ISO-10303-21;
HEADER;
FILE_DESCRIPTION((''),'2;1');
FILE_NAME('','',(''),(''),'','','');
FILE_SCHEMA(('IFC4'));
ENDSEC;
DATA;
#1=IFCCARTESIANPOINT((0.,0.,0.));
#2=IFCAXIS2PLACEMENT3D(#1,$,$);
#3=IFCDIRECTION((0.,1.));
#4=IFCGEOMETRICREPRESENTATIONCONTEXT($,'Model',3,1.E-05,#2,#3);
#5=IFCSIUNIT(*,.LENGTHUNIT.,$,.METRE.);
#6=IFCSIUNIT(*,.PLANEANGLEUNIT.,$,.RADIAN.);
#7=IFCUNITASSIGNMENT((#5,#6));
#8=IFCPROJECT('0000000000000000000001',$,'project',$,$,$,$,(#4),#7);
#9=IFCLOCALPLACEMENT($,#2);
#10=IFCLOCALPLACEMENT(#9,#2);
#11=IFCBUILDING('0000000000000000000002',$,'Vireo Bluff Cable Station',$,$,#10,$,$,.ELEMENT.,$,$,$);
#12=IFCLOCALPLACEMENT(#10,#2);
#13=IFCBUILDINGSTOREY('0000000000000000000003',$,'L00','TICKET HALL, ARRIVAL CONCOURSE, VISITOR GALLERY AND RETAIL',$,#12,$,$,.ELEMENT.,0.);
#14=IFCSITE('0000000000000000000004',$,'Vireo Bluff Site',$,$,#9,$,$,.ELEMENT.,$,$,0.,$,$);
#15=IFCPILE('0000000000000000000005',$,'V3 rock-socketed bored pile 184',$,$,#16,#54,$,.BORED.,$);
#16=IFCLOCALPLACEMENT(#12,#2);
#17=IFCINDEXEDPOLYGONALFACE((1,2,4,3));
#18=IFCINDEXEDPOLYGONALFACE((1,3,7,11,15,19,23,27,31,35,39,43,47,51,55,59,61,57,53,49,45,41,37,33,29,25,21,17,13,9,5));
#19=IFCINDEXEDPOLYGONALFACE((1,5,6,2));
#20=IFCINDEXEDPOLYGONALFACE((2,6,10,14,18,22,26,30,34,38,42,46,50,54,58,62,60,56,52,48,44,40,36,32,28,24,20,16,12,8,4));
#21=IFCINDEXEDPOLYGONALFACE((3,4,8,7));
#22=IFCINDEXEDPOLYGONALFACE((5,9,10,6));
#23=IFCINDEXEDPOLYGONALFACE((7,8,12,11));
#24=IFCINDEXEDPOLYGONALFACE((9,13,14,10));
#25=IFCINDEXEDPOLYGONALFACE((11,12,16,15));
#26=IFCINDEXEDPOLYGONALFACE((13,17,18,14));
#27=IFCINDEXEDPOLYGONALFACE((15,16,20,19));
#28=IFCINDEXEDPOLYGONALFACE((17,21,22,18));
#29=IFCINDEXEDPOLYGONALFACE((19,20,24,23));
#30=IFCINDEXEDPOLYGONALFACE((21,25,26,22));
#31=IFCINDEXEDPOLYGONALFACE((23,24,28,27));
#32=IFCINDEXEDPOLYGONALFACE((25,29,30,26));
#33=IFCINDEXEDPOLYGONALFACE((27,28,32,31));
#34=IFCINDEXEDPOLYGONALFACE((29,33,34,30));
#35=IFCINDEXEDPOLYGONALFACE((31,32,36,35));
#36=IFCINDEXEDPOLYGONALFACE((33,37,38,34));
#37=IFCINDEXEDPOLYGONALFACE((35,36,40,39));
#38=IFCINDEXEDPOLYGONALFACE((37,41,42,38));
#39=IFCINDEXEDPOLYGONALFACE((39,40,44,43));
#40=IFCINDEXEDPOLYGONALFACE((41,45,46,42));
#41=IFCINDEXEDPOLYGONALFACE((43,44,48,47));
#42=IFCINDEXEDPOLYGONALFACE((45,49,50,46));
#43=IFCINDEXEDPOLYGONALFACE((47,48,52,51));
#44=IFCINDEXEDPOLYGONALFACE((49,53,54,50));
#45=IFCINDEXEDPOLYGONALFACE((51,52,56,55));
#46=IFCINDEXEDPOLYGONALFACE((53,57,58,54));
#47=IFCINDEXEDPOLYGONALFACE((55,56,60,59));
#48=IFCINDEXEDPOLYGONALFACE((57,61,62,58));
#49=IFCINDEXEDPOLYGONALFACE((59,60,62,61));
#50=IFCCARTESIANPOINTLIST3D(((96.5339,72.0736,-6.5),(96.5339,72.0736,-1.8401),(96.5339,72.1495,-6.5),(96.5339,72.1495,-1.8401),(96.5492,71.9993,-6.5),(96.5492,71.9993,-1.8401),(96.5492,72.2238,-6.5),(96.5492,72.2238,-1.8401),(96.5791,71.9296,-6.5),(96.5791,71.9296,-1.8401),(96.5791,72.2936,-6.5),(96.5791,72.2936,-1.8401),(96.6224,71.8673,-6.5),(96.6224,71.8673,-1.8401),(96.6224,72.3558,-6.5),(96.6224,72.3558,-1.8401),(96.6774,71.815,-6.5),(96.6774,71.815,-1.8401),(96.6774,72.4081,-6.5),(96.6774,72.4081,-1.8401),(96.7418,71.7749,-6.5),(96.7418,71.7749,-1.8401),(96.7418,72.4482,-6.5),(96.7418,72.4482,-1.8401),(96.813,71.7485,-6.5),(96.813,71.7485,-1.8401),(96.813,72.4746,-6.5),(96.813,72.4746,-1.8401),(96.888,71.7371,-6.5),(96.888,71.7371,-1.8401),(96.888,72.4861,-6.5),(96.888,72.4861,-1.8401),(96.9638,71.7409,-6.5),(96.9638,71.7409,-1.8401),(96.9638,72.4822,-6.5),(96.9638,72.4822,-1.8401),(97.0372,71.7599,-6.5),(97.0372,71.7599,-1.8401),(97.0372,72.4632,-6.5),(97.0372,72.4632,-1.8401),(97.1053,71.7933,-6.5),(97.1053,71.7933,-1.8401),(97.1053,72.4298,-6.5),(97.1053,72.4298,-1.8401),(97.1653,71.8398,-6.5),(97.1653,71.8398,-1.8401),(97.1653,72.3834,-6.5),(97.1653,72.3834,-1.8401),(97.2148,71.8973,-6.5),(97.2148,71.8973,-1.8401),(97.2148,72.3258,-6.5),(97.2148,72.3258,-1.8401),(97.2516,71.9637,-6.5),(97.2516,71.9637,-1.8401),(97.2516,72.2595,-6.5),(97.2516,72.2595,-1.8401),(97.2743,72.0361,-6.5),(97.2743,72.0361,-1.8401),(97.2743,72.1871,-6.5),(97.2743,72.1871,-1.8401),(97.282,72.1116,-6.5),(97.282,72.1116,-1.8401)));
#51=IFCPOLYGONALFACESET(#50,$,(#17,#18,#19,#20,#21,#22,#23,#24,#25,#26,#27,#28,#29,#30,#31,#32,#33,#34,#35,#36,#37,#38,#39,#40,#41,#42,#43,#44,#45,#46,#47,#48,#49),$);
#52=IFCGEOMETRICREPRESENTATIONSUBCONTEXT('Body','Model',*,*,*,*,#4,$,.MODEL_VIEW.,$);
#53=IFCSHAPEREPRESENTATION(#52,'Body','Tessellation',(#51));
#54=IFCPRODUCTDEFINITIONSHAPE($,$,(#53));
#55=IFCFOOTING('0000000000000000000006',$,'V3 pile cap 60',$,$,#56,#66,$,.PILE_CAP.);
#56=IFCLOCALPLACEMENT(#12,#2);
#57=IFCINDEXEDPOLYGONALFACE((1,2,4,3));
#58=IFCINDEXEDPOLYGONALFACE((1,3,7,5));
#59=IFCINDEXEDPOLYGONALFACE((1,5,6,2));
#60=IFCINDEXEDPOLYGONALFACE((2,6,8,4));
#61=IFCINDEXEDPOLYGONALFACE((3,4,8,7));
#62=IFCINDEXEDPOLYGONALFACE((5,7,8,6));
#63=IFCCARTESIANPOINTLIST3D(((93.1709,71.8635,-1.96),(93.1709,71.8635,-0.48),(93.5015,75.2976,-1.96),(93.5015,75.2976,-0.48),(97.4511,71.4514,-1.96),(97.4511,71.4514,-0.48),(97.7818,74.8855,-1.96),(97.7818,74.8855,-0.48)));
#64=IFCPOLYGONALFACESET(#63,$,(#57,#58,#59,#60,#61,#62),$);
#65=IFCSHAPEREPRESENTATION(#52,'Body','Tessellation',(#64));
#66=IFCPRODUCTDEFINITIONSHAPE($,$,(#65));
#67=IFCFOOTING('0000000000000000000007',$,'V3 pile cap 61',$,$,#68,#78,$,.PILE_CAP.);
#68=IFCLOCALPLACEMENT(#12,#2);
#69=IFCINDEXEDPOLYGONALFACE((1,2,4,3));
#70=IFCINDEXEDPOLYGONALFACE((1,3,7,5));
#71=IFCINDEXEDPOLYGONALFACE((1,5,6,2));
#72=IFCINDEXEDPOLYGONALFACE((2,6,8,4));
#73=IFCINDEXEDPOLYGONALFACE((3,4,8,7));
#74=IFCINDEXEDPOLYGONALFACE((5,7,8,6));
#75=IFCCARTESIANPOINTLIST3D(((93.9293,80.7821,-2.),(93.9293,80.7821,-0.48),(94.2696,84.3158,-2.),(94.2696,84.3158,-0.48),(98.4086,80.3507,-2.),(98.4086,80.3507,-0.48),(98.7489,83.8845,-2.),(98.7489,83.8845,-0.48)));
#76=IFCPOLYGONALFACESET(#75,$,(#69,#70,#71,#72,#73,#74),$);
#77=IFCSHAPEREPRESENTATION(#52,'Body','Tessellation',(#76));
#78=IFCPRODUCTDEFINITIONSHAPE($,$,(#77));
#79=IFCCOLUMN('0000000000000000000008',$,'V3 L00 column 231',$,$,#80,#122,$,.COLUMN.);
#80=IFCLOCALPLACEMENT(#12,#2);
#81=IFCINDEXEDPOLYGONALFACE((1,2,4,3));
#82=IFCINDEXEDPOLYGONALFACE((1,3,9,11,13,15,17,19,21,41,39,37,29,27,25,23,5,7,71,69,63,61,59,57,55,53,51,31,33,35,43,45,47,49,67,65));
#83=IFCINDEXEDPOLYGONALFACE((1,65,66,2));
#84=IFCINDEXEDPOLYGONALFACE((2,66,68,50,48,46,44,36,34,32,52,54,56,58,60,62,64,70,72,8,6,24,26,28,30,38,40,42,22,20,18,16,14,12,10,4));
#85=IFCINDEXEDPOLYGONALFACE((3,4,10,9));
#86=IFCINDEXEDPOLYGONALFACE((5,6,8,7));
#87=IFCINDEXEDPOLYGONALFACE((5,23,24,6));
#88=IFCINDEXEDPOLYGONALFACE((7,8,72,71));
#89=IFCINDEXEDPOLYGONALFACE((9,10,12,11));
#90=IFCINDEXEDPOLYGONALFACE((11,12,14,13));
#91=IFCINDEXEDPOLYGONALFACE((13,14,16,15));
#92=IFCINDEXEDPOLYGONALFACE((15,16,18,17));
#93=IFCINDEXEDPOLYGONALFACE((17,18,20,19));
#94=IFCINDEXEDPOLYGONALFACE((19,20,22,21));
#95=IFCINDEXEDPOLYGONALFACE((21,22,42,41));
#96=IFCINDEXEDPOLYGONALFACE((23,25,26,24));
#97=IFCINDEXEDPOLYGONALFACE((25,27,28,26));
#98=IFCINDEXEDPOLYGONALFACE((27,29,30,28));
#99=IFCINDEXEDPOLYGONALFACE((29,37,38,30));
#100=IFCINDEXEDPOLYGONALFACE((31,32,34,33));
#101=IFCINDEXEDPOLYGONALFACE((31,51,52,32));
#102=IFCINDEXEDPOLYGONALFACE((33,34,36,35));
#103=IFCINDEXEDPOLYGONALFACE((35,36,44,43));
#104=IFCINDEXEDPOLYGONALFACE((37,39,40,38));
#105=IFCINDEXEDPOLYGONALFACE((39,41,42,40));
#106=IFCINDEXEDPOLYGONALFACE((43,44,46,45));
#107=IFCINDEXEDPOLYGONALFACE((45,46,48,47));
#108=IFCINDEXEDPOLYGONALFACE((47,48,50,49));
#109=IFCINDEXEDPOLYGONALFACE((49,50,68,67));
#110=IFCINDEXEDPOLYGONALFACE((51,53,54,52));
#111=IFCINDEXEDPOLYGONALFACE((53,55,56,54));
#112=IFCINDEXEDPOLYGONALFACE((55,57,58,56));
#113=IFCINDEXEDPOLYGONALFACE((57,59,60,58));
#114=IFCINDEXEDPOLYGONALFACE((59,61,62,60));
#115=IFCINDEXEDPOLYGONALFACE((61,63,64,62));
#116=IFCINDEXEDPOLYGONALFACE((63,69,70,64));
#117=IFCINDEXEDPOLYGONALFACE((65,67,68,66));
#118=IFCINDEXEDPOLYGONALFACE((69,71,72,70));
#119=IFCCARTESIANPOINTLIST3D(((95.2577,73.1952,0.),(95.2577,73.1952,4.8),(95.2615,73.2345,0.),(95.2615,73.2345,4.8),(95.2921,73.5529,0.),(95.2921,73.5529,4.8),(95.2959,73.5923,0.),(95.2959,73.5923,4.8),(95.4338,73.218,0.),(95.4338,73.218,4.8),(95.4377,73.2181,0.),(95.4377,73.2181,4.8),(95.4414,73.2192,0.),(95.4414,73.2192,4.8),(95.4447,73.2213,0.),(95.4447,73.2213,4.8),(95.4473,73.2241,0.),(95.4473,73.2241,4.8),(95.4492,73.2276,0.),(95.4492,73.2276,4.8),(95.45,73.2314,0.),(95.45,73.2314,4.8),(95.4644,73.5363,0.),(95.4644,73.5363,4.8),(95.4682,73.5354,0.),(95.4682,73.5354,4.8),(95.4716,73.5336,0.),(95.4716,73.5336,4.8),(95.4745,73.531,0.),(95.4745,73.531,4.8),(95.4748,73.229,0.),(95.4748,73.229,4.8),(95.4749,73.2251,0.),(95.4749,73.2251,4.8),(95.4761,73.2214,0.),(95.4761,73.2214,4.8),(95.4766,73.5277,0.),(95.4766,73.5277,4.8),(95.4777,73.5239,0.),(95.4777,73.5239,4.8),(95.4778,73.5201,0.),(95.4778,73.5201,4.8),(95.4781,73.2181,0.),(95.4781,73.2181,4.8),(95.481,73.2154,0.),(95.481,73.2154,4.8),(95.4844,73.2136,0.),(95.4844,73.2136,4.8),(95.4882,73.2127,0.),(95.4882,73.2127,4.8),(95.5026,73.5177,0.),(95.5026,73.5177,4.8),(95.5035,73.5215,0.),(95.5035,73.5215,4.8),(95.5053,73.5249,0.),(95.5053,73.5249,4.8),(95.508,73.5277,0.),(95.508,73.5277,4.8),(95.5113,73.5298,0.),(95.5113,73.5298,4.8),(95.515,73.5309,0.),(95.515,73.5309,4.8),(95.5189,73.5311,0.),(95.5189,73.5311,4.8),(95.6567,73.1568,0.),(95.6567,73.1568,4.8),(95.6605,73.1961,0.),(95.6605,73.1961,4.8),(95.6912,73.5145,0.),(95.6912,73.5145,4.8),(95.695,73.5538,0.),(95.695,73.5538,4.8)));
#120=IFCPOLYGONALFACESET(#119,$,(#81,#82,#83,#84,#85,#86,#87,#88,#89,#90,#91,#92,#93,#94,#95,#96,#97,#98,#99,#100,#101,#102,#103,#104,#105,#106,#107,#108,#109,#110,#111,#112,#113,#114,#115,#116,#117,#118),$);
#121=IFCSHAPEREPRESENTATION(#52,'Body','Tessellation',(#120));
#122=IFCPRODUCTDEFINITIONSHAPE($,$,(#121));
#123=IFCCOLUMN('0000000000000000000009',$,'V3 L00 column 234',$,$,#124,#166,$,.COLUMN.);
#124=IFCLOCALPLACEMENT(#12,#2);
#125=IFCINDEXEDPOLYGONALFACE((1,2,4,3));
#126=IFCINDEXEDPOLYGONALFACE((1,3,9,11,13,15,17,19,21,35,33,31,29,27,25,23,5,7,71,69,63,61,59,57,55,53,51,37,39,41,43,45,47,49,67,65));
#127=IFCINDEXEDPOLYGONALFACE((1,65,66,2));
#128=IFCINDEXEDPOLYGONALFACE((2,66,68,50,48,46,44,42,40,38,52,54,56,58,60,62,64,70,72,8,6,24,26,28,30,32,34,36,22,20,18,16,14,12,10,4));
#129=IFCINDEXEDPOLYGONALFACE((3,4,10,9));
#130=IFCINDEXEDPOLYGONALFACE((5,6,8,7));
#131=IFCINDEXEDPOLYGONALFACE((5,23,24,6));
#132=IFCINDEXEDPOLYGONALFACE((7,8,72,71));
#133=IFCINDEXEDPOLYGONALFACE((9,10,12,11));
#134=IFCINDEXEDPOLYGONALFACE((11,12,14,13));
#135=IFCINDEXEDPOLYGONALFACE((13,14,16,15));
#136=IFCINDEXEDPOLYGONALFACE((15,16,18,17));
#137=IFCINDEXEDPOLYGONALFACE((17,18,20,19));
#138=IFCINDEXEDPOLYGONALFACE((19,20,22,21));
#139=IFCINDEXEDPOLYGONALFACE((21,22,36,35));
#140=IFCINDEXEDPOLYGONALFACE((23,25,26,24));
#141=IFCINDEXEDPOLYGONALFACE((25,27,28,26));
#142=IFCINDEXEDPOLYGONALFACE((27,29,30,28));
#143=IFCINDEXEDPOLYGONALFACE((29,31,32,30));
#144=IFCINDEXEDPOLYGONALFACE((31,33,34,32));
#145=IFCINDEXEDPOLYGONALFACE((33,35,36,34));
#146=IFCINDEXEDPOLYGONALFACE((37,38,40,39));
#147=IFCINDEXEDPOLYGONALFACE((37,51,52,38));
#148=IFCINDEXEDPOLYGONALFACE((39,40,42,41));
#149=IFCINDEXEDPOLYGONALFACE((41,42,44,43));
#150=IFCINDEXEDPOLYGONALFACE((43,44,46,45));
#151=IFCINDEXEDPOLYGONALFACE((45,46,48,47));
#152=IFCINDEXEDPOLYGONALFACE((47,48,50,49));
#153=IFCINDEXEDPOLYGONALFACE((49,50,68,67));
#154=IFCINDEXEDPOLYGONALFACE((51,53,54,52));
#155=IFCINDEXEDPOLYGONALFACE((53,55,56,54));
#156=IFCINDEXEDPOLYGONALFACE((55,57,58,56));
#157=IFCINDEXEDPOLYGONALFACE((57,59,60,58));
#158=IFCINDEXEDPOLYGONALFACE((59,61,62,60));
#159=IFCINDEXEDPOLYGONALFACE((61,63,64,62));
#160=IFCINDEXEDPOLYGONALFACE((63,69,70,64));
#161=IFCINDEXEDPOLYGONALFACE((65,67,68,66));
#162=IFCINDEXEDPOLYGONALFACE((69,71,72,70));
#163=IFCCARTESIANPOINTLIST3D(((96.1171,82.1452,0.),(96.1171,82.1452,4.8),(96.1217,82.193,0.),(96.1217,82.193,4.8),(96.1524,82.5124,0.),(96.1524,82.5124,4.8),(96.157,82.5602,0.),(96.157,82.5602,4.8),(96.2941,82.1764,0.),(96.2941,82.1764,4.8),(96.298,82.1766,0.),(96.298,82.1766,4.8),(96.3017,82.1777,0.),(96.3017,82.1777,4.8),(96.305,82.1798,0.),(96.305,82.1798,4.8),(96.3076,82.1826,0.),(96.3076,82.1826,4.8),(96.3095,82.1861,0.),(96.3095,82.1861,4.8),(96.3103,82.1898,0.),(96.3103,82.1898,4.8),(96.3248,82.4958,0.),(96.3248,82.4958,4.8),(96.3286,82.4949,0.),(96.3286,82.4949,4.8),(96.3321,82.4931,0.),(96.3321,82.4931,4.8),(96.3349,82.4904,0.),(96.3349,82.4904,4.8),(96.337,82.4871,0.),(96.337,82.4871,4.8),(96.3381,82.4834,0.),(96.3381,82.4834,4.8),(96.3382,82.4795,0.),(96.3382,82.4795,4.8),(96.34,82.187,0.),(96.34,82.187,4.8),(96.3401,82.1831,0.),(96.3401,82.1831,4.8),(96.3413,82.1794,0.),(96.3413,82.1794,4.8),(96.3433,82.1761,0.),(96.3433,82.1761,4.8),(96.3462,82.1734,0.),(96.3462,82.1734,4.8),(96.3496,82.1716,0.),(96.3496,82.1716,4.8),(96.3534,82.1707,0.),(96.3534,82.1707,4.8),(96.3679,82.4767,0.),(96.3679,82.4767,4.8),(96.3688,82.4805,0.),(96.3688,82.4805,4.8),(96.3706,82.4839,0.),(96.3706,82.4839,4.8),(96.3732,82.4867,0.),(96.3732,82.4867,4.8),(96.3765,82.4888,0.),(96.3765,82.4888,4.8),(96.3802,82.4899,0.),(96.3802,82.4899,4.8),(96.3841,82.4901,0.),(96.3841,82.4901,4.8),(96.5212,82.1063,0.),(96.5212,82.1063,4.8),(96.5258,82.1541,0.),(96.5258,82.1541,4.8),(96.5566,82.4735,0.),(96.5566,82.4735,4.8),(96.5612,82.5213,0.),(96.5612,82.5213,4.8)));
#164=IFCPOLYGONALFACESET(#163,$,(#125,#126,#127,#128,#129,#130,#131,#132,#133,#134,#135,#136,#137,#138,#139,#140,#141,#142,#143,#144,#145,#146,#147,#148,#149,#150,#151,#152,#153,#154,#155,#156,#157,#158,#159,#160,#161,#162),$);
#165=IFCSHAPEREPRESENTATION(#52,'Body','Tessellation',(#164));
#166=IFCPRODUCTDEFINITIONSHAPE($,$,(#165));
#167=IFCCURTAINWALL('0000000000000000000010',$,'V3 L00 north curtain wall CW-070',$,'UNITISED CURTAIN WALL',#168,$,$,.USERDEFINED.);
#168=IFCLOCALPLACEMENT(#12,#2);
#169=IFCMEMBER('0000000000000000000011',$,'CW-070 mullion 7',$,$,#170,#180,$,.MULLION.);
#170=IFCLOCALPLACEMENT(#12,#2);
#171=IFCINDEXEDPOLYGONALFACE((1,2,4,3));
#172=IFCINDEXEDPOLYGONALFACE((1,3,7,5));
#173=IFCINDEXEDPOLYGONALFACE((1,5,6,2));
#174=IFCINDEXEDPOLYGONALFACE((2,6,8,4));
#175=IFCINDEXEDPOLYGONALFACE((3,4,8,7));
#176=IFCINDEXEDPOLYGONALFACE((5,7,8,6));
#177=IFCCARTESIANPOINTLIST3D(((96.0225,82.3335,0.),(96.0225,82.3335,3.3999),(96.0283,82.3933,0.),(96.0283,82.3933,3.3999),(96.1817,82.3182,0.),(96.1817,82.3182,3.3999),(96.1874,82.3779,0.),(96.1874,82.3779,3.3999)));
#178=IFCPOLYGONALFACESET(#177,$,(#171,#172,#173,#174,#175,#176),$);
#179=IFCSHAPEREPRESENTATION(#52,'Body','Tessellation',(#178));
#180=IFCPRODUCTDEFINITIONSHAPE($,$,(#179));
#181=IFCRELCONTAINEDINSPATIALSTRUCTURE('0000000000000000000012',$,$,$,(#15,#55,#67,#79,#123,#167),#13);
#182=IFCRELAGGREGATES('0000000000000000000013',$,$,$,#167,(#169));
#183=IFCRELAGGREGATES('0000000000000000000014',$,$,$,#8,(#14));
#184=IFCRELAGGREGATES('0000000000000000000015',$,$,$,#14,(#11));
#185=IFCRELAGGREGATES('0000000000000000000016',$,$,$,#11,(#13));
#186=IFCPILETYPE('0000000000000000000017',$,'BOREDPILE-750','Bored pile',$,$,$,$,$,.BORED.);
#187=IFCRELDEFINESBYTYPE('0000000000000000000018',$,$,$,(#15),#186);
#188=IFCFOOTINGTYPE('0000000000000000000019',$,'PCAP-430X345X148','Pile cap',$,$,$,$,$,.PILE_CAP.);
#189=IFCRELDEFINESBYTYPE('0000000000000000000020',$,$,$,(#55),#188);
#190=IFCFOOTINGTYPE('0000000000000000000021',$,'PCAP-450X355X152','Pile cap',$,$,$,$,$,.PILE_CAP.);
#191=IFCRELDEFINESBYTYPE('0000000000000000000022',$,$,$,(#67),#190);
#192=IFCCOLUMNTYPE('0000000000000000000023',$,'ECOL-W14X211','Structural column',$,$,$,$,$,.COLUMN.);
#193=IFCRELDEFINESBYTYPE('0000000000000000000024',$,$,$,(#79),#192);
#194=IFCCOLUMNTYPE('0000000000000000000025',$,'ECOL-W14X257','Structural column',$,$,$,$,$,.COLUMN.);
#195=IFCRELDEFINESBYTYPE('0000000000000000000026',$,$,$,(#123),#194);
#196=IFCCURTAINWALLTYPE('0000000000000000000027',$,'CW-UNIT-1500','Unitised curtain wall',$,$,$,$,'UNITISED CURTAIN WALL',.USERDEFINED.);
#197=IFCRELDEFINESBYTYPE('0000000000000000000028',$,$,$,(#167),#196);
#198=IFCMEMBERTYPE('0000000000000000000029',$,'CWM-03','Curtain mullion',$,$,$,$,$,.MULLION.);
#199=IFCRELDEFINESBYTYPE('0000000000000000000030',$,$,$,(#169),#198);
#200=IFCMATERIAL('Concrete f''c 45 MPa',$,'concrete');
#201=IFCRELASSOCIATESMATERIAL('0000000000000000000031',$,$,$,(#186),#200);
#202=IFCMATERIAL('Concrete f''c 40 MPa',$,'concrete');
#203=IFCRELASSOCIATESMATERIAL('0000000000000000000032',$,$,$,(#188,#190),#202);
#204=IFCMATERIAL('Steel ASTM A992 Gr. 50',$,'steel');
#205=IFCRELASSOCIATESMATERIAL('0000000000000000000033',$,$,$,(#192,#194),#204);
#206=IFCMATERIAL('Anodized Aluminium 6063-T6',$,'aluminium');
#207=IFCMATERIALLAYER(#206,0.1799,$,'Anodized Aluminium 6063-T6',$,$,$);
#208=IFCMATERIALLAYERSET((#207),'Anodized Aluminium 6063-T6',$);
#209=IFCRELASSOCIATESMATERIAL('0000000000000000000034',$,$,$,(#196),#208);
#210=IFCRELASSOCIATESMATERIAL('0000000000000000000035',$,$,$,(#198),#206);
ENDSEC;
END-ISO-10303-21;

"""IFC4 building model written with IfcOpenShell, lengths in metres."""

from ifc_helpers import new_model, si_unit, direction, frame, origin, origin_2d, place, context, subcontext, project, spatial, rectangle, circle, i_section, extrude, material, layer, layer_set, material_profile, profile_set, type_object, element, aggregate, save


model = new_model("IFC4")

# Units and contexts
model_context = context("Model", 3, precision=1e-05, world=origin(), true_north=direction((0.0, 1.0)))
body_context = subcontext(model_context, "Body", "Model", "MODEL_VIEW")
ifc_project = project(units=[si_unit("LENGTHUNIT", "METRE"), si_unit("PLANEANGLEUNIT", "RADIAN")], contexts=[model_context])

# Site, building, storey
site_placement = place(None, origin())
site = spatial("IfcSite", under=ifc_project, at=site_placement, Name="Vireo Bluff Site", CompositionType="ELEMENT", RefElevation=0.0)
building_placement = place(site_placement, origin())
building = spatial("IfcBuilding", under=site, at=building_placement, Name="Vireo Bluff Cable Station", CompositionType="ELEMENT")
storey_placement = place(building_placement, origin())
storey = spatial("IfcBuildingStorey", under=building, at=storey_placement, Name="L00", Description="TICKET HALL, ARRIVAL CONCOURSE, VISITOR GALLERY AND RETAIL", CompositionType="ELEMENT", Elevation=0.0)

# Pile
ifc_material_1 = material(Name="Concrete f'c 45 MPa", Category="concrete")
ifc_material_profile_1 = material_profile(ifc_material_1, circle(Radius=0.375, at=origin_2d()), Name="BOREDPILE-750")
ifc_profile_set_1 = profile_set([ifc_material_profile_1], Name="Concrete f'c 45 MPa")
pile_type = type_object("IfcPileType", Name="BOREDPILE-750", Description="Bored pile", PredefinedType="BORED", material=ifc_profile_set_1)
pile_placement = place(storey_placement, frame((96.907, 72.1116, -1.8401), z_axis=(0.0, 0.0, -1.0), x_axis=(1.0, 0.0, 0.0)))
element("IfcPile", 1, at=pile_placement, inside=storey, type_object=pile_type, Name="V3 rock-socketed bored pile 184", PredefinedType="BORED", context=body_context, shape_type="SweptSolid", body=[
    extrude(circle(Radius=0.375, at=origin_2d()), origin(), (0.0, 0.0, 1.0), 4.6599),
])

# Footings
ifc_material_2 = material(Name="Concrete f'c 40 MPa", Category="concrete")
footing_type_1 = type_object("IfcFootingType", Name="PCAP-430X345X148", Description="Pile cap", PredefinedType="PILE_CAP", material=ifc_material_2)
footing_1_placement = place(storey_placement, frame((95.4763, 73.3745, -1.96), z_axis=(0.0, 0.0, 1.0), x_axis=(0.995396, -0.095846, 0.0)))
element("IfcFooting", 2, at=footing_1_placement, inside=storey, type_object=footing_type_1, Name="V3 pile cap 60", PredefinedType="PILE_CAP", context=body_context, shape_type="SweptSolid", body=[
    extrude(rectangle(XDim=4.3, YDim=3.45, at=origin_2d()), origin(), (0.0, 0.0, 1.0), 1.48),
])
footing_type_2 = type_object("IfcFootingType", Name="PCAP-450X355X152", Description="Pile cap", PredefinedType="PILE_CAP", material=ifc_material_2)
footing_2_placement = place(storey_placement, frame((96.3391, 82.3333, -2.0), z_axis=(0.0, 0.0, 1.0), x_axis=(0.995396, -0.095846, 0.0)))
element("IfcFooting", 3, at=footing_2_placement, inside=storey, type_object=footing_type_2, Name="V3 pile cap 61", PredefinedType="PILE_CAP", context=body_context, shape_type="SweptSolid", body=[
    extrude(rectangle(XDim=4.5, YDim=3.55, at=origin_2d()), origin(), (0.0, 0.0, 1.0), 1.52),
])

# Columns
ifc_material_3 = material(Name="Steel ASTM A992 Gr. 50", Category="steel")
ifc_material_profile_2 = material_profile(ifc_material_3, i_section(OverallWidth=0.4009, OverallDepth=0.3989, WebThickness=0.0249, FlangeThickness=0.0396, FilletRadius=0.0149, at=origin_2d()), Name="W14X211")
ifc_profile_set_2 = profile_set([ifc_material_profile_2], Name="Steel ASTM A992 Gr. 50")
column_type_1 = type_object("IfcColumnType", Name="ECOL-W14X211", Description="Structural column", PredefinedType="COLUMN", material=ifc_profile_set_2)
column_1_placement = place(storey_placement, frame((95.4763, 73.3745, 0.0), z_axis=(0.0, 0.0, 1.0), x_axis=(0.995396, -0.095846, 0.0)))
element("IfcColumn", 4, at=column_1_placement, inside=storey, type_object=column_type_1, Name="V3 L00 column 231", PredefinedType="COLUMN", context=body_context, shape_type="SweptSolid", body=[
    extrude(i_section(OverallWidth=0.4009, OverallDepth=0.3989, WebThickness=0.0249, FlangeThickness=0.0396, FilletRadius=0.0149, at=origin_2d()), origin(), (0.0, 0.0, 1.0), 4.8),
])
ifc_material_profile_3 = material_profile(ifc_material_3, i_section(OverallWidth=0.406, OverallDepth=0.417, WebThickness=0.0298, FlangeThickness=0.0481, FilletRadius=0.0149, at=origin_2d()), Name="W14X257")
ifc_profile_set_3 = profile_set([ifc_material_profile_3], Name="Steel ASTM A992 Gr. 50")
column_type_2 = type_object("IfcColumnType", Name="ECOL-W14X257", Description="Structural column", PredefinedType="COLUMN", material=ifc_profile_set_3)
column_2_placement = place(storey_placement, frame((96.3391, 82.3333, 0.0), z_axis=(0.0, 0.0, 1.0), x_axis=(0.995396, -0.095846, 0.0)))
element("IfcColumn", 5, at=column_2_placement, inside=storey, type_object=column_type_2, Name="V3 L00 column 234", PredefinedType="COLUMN", context=body_context, shape_type="SweptSolid", body=[
    extrude(i_section(OverallWidth=0.406, OverallDepth=0.417, WebThickness=0.0298, FlangeThickness=0.0481, FilletRadius=0.0149, at=origin_2d()), origin(), (0.0, 0.0, 1.0), 4.8),
])

# Curtain wall, member
ifc_material_4 = material(Name="Anodized Aluminium 6063-T6", Category="aluminium")
ifc_layer_1 = layer(ifc_material_4, 0.1799, Name="Anodized Aluminium 6063-T6")
ifc_layer_set_1 = layer_set([ifc_layer_1], Name="Anodized Aluminium 6063-T6")
curtain_wall_type_1 = type_object("IfcCurtainWallType", Name="CW-UNIT-1500", Description="Unitised curtain wall", ElementType="UNITISED CURTAIN WALL", PredefinedType="USERDEFINED", material=ifc_layer_set_1)
curtain_wall_1_placement = place(storey_placement, origin())
curtain_wall_1 = element("IfcCurtainWall", 6, at=curtain_wall_1_placement, inside=storey, type_object=curtain_wall_type_1, Name="V3 L00 north curtain wall CW-070", ObjectType="UNITISED CURTAIN WALL", PredefinedType="USERDEFINED")
ifc_material_profile_4 = material_profile(ifc_material_4, rectangle(XDim=0.0601, YDim=0.1599, at=origin_2d()), Name="ALU-M-60X160")
ifc_profile_set_4 = profile_set([ifc_material_profile_4], Name="Anodized Aluminium 6063-T6")
member_type_1 = type_object("IfcMemberType", Name="CWM-03", Description="Curtain mullion", PredefinedType="MULLION", material=ifc_profile_set_4)
member_1_placement = place(storey_placement, frame((96.105, 82.3557, 0.0), z_axis=(0.0, 0.0, 1.0), x_axis=(0.095846, 0.995396, 0.0)))
member_1 = element("IfcMember", 7, at=member_1_placement, type_object=member_type_1, Name="CW-070 mullion 7", PredefinedType="MULLION", context=body_context, shape_type="SweptSolid", body=[
    extrude(rectangle(XDim=0.0601, YDim=0.1599, at=origin_2d()), origin(), (0.0, 0.0, 1.0), 3.3999),
])

aggregate(curtain_wall_1, [member_1])

save(model, "model.ifc")
